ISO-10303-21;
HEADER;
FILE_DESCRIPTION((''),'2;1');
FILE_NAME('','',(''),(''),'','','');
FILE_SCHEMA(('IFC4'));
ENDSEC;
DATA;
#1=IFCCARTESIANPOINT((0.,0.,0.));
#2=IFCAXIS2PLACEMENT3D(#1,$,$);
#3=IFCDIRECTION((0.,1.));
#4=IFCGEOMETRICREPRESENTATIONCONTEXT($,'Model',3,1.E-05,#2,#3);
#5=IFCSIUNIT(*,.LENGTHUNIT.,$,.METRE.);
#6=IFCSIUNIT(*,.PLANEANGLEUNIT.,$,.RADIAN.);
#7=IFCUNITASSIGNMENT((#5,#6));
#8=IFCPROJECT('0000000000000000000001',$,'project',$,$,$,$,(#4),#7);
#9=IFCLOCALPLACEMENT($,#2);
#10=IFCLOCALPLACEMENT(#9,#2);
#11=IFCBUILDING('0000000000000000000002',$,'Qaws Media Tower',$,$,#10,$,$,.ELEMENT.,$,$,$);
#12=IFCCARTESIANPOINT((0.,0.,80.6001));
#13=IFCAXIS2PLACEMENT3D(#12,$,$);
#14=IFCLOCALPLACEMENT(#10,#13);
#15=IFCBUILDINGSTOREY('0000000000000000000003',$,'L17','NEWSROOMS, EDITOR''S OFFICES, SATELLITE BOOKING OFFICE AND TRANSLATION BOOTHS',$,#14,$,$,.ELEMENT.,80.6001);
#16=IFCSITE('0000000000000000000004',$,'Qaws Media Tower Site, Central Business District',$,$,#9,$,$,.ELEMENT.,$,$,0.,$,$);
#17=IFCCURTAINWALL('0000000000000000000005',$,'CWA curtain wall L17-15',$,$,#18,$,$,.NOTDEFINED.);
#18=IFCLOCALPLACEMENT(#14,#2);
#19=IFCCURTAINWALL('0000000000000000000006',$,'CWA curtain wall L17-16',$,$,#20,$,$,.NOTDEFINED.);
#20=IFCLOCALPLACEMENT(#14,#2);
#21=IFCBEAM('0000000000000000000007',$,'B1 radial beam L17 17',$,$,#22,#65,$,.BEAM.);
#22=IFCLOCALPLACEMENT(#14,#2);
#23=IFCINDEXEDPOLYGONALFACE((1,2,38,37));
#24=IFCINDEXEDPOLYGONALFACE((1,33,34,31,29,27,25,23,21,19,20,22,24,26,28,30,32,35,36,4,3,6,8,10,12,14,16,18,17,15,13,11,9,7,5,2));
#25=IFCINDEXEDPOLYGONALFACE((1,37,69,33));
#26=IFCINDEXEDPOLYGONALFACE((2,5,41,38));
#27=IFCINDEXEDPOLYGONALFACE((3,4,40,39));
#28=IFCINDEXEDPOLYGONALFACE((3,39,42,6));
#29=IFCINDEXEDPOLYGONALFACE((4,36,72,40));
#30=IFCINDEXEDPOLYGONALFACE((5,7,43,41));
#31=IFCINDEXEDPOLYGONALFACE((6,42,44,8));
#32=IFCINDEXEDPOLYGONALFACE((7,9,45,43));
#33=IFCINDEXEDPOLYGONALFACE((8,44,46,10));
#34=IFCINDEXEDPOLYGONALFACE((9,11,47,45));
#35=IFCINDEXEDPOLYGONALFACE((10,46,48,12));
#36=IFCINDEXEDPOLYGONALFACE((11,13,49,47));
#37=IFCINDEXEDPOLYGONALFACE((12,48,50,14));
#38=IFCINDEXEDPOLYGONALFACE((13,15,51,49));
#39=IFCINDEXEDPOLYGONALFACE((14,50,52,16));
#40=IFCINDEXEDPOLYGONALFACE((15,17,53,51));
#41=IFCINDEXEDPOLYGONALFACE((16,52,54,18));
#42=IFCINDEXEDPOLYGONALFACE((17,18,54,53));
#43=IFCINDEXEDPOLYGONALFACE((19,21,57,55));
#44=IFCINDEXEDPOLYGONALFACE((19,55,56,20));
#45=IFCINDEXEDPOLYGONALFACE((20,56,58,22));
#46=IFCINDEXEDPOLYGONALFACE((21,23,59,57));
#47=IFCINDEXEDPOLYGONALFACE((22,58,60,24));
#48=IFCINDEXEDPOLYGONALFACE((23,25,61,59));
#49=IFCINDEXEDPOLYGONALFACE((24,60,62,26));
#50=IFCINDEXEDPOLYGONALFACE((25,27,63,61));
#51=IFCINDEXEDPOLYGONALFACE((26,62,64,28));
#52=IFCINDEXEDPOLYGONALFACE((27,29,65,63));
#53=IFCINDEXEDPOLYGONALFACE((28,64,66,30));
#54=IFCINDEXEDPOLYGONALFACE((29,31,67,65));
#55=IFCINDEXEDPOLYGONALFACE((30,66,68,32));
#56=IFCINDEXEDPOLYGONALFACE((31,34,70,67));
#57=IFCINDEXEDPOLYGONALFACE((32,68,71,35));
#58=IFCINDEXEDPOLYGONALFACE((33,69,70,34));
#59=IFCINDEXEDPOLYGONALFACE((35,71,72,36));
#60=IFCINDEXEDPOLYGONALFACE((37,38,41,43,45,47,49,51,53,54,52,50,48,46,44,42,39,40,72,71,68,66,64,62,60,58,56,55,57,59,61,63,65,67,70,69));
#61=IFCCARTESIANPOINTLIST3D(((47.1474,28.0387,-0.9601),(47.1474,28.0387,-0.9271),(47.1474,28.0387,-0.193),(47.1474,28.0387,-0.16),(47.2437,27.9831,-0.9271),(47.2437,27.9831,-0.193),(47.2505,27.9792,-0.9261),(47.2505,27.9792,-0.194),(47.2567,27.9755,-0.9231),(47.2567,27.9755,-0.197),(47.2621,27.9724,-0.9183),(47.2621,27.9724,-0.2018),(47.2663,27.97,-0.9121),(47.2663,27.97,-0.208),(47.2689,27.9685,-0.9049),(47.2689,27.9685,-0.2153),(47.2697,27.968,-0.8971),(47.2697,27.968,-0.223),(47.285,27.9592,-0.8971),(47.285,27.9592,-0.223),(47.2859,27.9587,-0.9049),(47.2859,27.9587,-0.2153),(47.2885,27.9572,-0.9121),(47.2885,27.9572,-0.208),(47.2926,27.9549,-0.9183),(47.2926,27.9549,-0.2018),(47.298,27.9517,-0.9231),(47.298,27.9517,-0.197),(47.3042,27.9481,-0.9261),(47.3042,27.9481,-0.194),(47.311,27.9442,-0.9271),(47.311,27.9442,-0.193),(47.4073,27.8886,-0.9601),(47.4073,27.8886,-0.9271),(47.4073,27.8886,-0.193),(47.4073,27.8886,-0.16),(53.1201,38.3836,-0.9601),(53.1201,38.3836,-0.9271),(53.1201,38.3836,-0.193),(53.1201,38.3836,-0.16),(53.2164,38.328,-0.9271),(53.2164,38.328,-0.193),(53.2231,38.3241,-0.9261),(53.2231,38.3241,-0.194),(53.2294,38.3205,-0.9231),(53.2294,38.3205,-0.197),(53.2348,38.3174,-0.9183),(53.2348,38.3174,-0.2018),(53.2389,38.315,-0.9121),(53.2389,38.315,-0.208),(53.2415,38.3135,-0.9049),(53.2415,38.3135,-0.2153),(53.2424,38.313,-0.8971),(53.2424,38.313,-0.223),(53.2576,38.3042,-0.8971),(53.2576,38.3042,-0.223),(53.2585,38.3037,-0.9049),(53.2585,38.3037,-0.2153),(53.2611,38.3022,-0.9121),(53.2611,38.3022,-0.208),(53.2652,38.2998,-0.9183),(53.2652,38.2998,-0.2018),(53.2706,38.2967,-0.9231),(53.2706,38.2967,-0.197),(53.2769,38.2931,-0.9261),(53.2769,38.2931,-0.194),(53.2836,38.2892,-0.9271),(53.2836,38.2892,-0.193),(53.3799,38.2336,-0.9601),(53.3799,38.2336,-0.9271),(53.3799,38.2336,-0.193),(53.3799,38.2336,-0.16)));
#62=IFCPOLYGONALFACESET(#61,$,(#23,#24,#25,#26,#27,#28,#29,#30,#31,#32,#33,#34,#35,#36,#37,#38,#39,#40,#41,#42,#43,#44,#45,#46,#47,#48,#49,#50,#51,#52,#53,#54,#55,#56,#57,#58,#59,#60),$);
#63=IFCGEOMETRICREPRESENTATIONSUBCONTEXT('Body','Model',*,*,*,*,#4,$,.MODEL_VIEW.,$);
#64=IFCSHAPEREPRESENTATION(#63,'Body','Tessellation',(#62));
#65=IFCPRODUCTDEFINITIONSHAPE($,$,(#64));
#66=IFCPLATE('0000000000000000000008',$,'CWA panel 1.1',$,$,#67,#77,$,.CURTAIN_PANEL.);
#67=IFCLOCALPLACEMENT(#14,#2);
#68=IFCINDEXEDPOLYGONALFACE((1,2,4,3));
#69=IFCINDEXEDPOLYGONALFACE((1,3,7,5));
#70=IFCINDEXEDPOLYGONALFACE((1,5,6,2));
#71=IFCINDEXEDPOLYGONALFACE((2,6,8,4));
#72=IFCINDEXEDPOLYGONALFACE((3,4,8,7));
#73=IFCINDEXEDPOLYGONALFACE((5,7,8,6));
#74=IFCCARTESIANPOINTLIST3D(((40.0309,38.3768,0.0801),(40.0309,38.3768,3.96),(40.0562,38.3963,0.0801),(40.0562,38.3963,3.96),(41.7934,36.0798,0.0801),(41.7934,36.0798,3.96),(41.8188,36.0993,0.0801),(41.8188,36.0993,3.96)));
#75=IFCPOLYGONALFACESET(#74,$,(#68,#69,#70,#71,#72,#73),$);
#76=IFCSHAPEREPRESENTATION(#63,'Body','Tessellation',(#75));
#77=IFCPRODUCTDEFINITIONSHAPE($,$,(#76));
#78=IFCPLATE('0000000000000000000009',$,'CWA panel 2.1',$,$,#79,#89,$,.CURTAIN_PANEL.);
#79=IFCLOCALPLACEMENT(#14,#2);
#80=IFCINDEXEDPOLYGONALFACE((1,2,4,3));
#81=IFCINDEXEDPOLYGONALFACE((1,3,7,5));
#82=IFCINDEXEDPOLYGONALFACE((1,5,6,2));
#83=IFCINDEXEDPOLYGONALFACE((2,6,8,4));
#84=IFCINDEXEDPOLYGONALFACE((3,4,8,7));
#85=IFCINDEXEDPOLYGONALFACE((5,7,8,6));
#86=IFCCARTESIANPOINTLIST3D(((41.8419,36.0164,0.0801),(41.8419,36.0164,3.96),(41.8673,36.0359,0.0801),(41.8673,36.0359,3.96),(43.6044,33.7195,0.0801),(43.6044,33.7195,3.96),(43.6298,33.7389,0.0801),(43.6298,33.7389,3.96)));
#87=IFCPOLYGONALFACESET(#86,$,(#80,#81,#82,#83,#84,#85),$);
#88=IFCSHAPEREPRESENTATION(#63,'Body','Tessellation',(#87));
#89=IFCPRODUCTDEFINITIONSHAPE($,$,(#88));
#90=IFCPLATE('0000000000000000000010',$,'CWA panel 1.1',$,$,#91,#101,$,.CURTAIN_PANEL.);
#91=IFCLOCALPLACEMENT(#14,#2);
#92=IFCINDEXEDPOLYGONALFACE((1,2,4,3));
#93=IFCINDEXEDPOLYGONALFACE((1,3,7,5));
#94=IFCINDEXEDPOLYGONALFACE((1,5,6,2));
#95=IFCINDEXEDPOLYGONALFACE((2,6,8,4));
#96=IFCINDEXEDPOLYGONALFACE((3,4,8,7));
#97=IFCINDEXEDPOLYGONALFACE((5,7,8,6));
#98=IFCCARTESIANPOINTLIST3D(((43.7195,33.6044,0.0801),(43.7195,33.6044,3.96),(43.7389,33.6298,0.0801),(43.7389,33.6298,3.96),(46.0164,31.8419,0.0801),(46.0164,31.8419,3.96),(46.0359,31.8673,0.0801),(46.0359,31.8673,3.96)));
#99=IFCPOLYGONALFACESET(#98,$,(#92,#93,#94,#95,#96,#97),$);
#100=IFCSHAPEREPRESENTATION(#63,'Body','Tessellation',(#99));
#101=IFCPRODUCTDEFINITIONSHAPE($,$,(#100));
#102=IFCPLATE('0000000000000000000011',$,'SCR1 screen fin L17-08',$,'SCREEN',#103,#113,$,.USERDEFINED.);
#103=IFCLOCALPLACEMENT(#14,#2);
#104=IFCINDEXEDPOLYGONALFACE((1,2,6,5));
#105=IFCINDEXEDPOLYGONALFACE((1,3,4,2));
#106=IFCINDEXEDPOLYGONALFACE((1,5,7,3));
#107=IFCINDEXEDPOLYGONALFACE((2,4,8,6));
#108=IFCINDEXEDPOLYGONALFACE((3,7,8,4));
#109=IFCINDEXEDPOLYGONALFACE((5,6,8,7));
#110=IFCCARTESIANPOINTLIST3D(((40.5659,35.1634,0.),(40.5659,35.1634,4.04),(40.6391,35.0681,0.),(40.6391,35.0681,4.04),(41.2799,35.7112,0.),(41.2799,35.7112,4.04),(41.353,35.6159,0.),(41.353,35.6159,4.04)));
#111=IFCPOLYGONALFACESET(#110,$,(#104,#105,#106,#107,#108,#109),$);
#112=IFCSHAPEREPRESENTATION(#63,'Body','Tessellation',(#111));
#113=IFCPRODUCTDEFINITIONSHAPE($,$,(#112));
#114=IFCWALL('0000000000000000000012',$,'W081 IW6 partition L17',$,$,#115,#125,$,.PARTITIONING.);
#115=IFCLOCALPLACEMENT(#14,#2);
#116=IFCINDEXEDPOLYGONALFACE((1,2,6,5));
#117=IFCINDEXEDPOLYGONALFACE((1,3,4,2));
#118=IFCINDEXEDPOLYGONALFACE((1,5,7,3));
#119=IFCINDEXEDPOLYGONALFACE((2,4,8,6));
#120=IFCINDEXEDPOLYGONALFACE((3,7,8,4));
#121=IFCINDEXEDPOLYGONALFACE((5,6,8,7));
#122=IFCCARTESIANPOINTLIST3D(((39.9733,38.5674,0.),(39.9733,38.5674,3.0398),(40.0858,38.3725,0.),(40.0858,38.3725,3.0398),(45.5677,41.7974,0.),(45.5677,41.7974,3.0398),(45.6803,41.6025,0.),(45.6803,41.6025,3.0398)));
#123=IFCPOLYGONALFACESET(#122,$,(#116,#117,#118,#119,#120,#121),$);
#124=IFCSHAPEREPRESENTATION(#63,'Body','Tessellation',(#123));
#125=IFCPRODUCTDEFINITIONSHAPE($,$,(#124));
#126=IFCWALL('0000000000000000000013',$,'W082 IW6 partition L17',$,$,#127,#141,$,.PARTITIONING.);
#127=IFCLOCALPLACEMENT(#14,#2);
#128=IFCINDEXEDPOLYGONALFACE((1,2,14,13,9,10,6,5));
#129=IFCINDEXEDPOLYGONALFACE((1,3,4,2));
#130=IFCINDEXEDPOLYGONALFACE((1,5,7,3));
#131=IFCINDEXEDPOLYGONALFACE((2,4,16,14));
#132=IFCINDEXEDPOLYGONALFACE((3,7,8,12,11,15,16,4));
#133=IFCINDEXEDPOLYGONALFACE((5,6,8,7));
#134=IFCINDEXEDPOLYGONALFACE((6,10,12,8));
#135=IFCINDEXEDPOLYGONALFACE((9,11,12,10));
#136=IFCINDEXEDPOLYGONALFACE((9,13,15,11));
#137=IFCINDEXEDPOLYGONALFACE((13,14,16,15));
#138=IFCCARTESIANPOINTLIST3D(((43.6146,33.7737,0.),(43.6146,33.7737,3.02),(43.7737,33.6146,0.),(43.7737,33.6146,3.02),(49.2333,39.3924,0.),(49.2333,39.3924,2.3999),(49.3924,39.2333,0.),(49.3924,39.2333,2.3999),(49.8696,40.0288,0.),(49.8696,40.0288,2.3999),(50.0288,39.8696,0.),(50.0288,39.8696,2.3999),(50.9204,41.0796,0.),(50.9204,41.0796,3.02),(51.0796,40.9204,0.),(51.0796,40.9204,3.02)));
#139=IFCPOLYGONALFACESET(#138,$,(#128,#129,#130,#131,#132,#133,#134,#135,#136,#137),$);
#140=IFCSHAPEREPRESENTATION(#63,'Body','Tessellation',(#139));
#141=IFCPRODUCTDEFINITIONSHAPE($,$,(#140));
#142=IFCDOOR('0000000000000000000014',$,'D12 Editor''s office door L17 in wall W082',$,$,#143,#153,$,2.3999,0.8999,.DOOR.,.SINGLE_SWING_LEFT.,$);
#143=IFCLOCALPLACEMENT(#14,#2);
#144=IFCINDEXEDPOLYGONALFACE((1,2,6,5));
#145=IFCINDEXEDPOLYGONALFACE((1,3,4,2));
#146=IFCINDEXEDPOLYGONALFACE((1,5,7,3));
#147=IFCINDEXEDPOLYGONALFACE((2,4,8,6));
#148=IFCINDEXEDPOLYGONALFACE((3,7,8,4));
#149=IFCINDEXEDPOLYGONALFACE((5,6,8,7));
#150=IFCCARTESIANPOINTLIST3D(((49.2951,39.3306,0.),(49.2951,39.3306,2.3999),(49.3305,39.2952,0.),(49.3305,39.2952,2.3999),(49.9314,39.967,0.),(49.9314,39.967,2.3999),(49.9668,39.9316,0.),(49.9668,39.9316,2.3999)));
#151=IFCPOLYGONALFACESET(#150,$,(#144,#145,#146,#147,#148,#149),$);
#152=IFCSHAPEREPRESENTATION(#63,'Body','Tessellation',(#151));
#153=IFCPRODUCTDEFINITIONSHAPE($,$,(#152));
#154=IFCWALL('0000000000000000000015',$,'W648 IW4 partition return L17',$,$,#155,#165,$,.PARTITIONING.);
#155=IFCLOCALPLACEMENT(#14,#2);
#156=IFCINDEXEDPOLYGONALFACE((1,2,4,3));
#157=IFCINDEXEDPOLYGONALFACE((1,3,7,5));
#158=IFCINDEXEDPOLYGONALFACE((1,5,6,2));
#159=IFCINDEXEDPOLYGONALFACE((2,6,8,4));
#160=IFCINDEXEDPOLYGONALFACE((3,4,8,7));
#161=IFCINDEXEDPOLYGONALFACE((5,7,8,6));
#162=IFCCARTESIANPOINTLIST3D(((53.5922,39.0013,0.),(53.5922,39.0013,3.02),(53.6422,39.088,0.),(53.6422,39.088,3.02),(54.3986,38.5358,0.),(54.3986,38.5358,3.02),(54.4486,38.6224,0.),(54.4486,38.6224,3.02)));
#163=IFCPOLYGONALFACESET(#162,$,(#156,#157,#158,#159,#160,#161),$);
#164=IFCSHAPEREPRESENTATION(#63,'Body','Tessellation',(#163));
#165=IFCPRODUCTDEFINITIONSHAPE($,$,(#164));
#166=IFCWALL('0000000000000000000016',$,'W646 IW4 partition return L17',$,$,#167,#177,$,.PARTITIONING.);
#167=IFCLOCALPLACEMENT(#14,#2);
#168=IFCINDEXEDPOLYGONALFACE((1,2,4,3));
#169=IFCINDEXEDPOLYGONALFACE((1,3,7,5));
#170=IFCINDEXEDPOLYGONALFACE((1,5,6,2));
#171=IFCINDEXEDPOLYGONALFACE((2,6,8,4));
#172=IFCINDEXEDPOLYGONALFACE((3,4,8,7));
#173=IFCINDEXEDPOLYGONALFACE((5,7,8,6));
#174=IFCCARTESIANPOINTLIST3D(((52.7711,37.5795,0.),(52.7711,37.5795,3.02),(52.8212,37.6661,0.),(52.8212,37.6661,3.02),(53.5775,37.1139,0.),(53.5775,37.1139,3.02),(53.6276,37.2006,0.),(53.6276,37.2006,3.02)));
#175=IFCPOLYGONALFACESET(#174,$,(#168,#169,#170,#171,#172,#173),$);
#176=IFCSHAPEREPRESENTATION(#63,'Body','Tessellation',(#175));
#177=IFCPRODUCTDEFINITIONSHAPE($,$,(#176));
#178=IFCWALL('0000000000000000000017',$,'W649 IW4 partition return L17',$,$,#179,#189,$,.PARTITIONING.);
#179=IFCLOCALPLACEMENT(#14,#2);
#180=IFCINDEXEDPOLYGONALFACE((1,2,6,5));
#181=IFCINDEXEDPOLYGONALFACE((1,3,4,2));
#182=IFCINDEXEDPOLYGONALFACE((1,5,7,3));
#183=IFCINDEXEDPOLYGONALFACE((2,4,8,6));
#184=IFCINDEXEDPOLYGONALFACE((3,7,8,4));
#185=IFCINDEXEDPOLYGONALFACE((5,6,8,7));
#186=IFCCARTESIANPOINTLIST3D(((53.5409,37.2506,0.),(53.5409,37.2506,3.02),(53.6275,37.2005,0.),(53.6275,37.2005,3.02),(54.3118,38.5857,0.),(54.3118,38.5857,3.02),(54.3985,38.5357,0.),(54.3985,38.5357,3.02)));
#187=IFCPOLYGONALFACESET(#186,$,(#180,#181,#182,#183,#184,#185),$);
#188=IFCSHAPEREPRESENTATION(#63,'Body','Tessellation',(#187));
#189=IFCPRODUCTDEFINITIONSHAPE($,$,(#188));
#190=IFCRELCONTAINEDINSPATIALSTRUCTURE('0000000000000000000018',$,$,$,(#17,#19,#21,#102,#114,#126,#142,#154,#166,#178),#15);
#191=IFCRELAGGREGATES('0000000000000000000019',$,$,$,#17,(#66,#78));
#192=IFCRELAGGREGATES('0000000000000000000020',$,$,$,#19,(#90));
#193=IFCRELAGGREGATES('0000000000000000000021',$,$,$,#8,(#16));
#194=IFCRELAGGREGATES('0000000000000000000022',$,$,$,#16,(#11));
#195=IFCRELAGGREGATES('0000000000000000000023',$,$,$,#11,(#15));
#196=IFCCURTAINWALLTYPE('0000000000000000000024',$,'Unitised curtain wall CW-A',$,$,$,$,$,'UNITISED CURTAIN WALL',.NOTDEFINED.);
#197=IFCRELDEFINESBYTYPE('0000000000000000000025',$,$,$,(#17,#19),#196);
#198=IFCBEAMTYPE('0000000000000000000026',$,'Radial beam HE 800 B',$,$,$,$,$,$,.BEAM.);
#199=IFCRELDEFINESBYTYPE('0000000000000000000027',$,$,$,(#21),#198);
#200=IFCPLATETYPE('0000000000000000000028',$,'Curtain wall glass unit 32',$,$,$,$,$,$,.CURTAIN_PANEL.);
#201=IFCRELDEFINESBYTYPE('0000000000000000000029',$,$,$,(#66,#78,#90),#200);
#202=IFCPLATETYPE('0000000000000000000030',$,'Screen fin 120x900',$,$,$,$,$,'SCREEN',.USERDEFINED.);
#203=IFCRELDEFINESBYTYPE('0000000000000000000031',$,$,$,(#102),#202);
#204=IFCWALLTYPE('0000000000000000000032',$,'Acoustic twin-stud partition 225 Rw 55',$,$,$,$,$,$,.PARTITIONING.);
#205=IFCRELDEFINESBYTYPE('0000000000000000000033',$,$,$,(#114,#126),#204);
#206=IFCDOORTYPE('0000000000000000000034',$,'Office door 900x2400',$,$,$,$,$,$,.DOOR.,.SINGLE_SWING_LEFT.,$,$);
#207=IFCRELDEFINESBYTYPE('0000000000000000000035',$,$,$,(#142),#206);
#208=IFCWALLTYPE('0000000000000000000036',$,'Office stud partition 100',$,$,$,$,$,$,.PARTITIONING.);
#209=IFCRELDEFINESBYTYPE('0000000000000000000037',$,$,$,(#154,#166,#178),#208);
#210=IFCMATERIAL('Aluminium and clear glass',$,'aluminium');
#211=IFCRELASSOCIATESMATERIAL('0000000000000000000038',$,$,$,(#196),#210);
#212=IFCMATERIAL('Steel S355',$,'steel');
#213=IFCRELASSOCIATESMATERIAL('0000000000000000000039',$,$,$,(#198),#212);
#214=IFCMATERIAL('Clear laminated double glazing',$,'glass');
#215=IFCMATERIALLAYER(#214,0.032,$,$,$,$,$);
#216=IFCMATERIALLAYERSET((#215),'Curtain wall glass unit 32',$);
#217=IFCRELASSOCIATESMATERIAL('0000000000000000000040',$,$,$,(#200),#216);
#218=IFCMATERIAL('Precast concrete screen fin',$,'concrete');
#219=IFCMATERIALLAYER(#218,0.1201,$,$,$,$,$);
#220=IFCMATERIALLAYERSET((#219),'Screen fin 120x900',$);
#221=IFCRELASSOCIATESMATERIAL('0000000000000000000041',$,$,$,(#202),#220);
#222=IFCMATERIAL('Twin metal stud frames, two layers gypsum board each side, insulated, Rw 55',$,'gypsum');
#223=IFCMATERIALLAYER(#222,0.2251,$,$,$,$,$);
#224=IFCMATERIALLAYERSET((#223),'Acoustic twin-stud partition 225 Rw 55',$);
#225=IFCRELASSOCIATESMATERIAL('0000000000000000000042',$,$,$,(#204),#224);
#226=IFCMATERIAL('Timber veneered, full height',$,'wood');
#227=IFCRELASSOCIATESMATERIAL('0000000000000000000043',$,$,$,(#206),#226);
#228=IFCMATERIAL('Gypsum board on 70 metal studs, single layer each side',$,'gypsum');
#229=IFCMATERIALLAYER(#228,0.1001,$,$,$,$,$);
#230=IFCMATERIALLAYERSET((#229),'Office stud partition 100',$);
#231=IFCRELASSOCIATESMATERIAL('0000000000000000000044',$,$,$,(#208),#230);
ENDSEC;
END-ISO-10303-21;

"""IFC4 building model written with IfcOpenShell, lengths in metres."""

from ifc_helpers import new_model, si_unit, direction, frame, frame_2d, origin, origin_2d, place, context, subcontext, project, spatial, rectangle, i_section, extrude, material, layer, layer_set, material_profile, profile_set, type_object, element, fill, aggregate, save


model = new_model("IFC4")

# Units and contexts
model_context = context("Model", 3, precision=1e-05, world=origin(), true_north=direction((0.0, 1.0)))
body_context = subcontext(model_context, "Body", "Model", "MODEL_VIEW")
ifc_project = project(units=[si_unit("LENGTHUNIT", "METRE"), si_unit("PLANEANGLEUNIT", "RADIAN")], contexts=[model_context])

# Site, building, storey
site_placement = place(None, origin())
site = spatial("IfcSite", under=ifc_project, at=site_placement, Name="Qaws Media Tower Site, Central Business District", CompositionType="ELEMENT", RefElevation=0.0)
building_placement = place(site_placement, origin())
building = spatial("IfcBuilding", under=site, at=building_placement, Name="Qaws Media Tower", CompositionType="ELEMENT")
storey_placement = place(building_placement, frame((0.0, 0.0, 80.6001)))
storey = spatial("IfcBuildingStorey", under=building, at=storey_placement, Name="L17", Description="NEWSROOMS, EDITOR'S OFFICES, SATELLITE BOOKING OFFICE AND TRANSLATION BOOTHS", CompositionType="ELEMENT", Elevation=80.6001)

# Shared definitions
ifc_material_1 = material(Name="Aluminium and clear glass", Category="aluminium")
curtain_wall_type = type_object("IfcCurtainWallType", Name="Unitised curtain wall CW-A", ElementType="UNITISED CURTAIN WALL", PredefinedType="NOTDEFINED", material=ifc_material_1)

# Curtain wall
curtain_wall_1_placement = place(storey_placement, origin())
curtain_wall_1 = element("IfcCurtainWall", 1, at=curtain_wall_1_placement, inside=storey, type_object=curtain_wall_type, Name="CWA curtain wall L17-15", PredefinedType="NOTDEFINED")

# Curtain wall
curtain_wall_2_placement = place(storey_placement, origin())
curtain_wall_2 = element("IfcCurtainWall", 2, at=curtain_wall_2_placement, inside=storey, type_object=curtain_wall_type, Name="CWA curtain wall L17-16", PredefinedType="NOTDEFINED")

# Beam
ifc_material_2 = material(Name="Steel S355", Category="steel")
ifc_material_profile_1 = material_profile(ifc_material_2, i_section(OverallWidth=0.3, OverallDepth=0.8, WebThickness=0.0176, FlangeThickness=0.033, FilletRadius=0.03, at=origin_2d()), Name="HE 800 B")
ifc_profile_set_1 = profile_set([ifc_material_profile_1], Name="Steel S355")
beam_type_1 = type_object("IfcBeamType", Name="Radial beam HE 800 B", PredefinedType="BEAM", material=ifc_profile_set_1)
beam_1_placement = place(storey_placement, frame((53.25, 38.3086, -0.5601), z_axis=(-0.499999, -0.866026, 0.0), x_axis=(0.866026, -0.499999, 0.0)))
element("IfcBeam", 3, at=beam_1_placement, inside=storey, type_object=beam_type_1, Name="B1 radial beam L17 17", PredefinedType="BEAM", context=body_context, shape_type="SweptSolid", body=[
    extrude(i_section(OverallWidth=0.3, OverallDepth=0.8, WebThickness=0.0176, FlangeThickness=0.033, FilletRadius=0.03, at=origin_2d()), origin(), (0.0, 0.0, 1.0), 11.9453),
])

# Plates
ifc_material_3 = material(Name="Clear laminated double glazing", Category="glass")
ifc_layer_1 = layer(ifc_material_3, 0.032)
ifc_layer_set_1 = layer_set([ifc_layer_1], Name="Curtain wall glass unit 32")
plate_type_1 = type_object("IfcPlateType", Name="Curtain wall glass unit 32", PredefinedType="CURTAIN_PANEL", material=ifc_layer_set_1)
plate_1_placement = place(storey_placement, frame((40.9248, 37.238, 0.0801), z_axis=(0.0, 0.0, 1.0), x_axis=(0.608761, -0.793353, 0.0)))
plate_1 = element("IfcPlate", 4, at=plate_1_placement, type_object=plate_type_1, Name="CWA panel 1.1", PredefinedType="CURTAIN_PANEL", context=body_context, shape_type="SweptSolid", body=[
    extrude(rectangle(XDim=2.8953, YDim=0.032, at=origin_2d()), origin(), (0.0, 0.0, 1.0), 3.8799),
])
plate_2_placement = place(storey_placement, frame((42.7358, 34.8777, 0.0801), z_axis=(0.0, 0.0, 1.0), x_axis=(0.608761, -0.793353, 0.0)))
plate_2 = element("IfcPlate", 5, at=plate_2_placement, type_object=plate_type_1, Name="CWA panel 2.1", PredefinedType="CURTAIN_PANEL", context=body_context, shape_type="SweptSolid", body=[
    extrude(rectangle(XDim=2.8953, YDim=0.032, at=origin_2d()), origin(), (0.0, 0.0, 1.0), 3.8799),
])
aggregate(curtain_wall_1, [plate_1, plate_2])
plate_3_placement = place(storey_placement, frame((44.8777, 32.7358, 0.0801), z_axis=(0.0, 0.0, 1.0), x_axis=(0.793353, -0.608761, 0.0)))
plate_3 = element("IfcPlate", 6, at=plate_3_placement, type_object=plate_type_1, Name="CWA panel 1.1", PredefinedType="CURTAIN_PANEL", context=body_context, shape_type="SweptSolid", body=[
    extrude(rectangle(XDim=2.8953, YDim=0.032, at=origin_2d()), origin(), (0.0, 0.0, 1.0), 3.8799),
])
aggregate(curtain_wall_2, [plate_3])
ifc_material_4 = material(Name="Precast concrete screen fin", Category="concrete")
ifc_layer_2 = layer(ifc_material_4, 0.1201)
ifc_layer_set_2 = layer_set([ifc_layer_2], Name="Screen fin 120x900")
plate_type_2 = type_object("IfcPlateType", Name="Screen fin 120x900", ElementType="SCREEN", PredefinedType="USERDEFINED", material=ifc_layer_set_2)
plate_4_placement = place(storey_placement, frame((40.9595, 35.3896, 0.0), z_axis=(0.0, 0.0, 1.0), x_axis=(-0.793353, -0.608761, 0.0)))
element("IfcPlate", 7, at=plate_4_placement, inside=storey, type_object=plate_type_2, Name="SCR1 screen fin L17-08", ObjectType="SCREEN", PredefinedType="USERDEFINED", context=body_context, shape_type="SweptSolid", body=[
    extrude(rectangle(XDim=0.8999, YDim=0.1201, at=origin_2d()), origin(), (0.0, 0.0, 1.0), 4.04),
])

# Wall
ifc_material_5 = material(Name="Twin metal stud frames, two layers gypsum board each side, insulated, Rw 55", Category="gypsum")
ifc_layer_3 = layer(ifc_material_5, 0.2251)
ifc_layer_set_3 = layer_set([ifc_layer_3], Name="Acoustic twin-stud partition 225 Rw 55")
wall_type_1 = type_object("IfcWallType", Name="Acoustic twin-stud partition 225 Rw 55", PredefinedType="PARTITIONING", material=ifc_layer_set_3)
wall_1_placement = place(storey_placement, frame((45.624, 41.7, 0.0), z_axis=(0.0, 0.0, 1.0), x_axis=(-0.866025, -0.500001, 0.0)))
element("IfcWall", 8, at=wall_1_placement, inside=storey, type_object=wall_type_1, Name="W081 IW6 partition L17", PredefinedType="PARTITIONING", context=body_context, shape_type="SweptSolid", body=[
    extrude(rectangle(XDim=6.46, YDim=0.2251, at=frame_2d((3.23, 0.0))), origin(), (0.0, 0.0, 1.0), 3.0398),
])

# Wall, opening, door
wall_2_placement = place(storey_placement, frame((51.0, 41.0, 0.0), z_axis=(0.0, 0.0, 1.0), x_axis=(-0.707107, -0.707107, 0.0)))
wall_2 = element("IfcWall", 9, at=wall_2_placement, inside=storey, type_object=wall_type_1, Name="W082 IW6 partition L17", PredefinedType="PARTITIONING", context=body_context, shape_type="SweptSolid", body=[
    extrude(rectangle(XDim=10.332, YDim=0.2251, at=frame_2d((5.166, 0.0))), origin(), (0.0, 0.0, 1.0), 3.02),
])
opening_1_placement = place(wall_2_placement, frame((1.4861, 0.0, 0.0)))
opening_1 = element("IfcOpeningElement", 10, at=opening_1_placement, cuts=wall_2, PredefinedType="OPENING", context=body_context, shape_type="SweptSolid", body=[
    extrude(rectangle(XDim=0.8999, YDim=2.3999, at=frame_2d((0.45, 1.2))), frame((0.0, 0.1226, 0.0), z_axis=(0.0, -1.0, 0.0), x_axis=(1.0, 0.0, 0.0)), (0.0, 0.0, 1.0), 0.2451),
])
ifc_material_6 = material(Name="Timber veneered, full height", Category="wood")
door_type_1 = type_object("IfcDoorType", Name="Office door 900x2400", OperationType="SINGLE_SWING_LEFT", PredefinedType="DOOR", material=ifc_material_6)
door_1_placement = place(opening_1_placement, origin())
door_1 = element("IfcDoor", 11, at=door_1_placement, inside=storey, type_object=door_type_1, Name="D12 Editor's office door L17 in wall W082", OperationType="SINGLE_SWING_LEFT", OverallHeight=2.3999, OverallWidth=0.8999, PredefinedType="DOOR", context=body_context, shape_type="SweptSolid", body=[
    extrude(rectangle(XDim=0.8999, YDim=2.3999, at=frame_2d((0.45, 1.2))), frame((0.0, 0.0249, 0.0), z_axis=(0.0, -1.0, 0.0), x_axis=(1.0, 0.0, 0.0)), (0.0, 0.0, 1.0), 0.05),
])
fill(opening_1, door_1)

# Walls
ifc_material_7 = material(Name="Gypsum board on 70 metal studs, single layer each side", Category="gypsum")
ifc_layer_4 = layer(ifc_material_7, 0.1001)
ifc_layer_set_4 = layer_set([ifc_layer_4], Name="Office stud partition 100")
wall_type_2 = type_object("IfcWallType", Name="Office stud partition 100", PredefinedType="PARTITIONING", material=ifc_layer_set_4)
for number, where, z_axis, x_axis, name in (
    (12, (53.6172, 39.0447, 0.0), (0.0, 0.0, 1.0), (0.866024, -0.500002, 0.0), "W648 IW4 partition return L17"),
    (13, (52.7961, 37.6228, 0.0), (0.0, 0.0, 1.0), (0.866024, -0.500002, 0.0), "W646 IW4 partition return L17"),
):
    element("IfcWall", number, at=place(storey_placement, frame(where, z_axis=z_axis, x_axis=x_axis)), inside=storey, type_object=wall_type_2, Name=name, PredefinedType="PARTITIONING", context=body_context, shape_type="SweptSolid", body=[
        extrude(rectangle(XDim=0.9312, YDim=0.1001, at=frame_2d((0.4656, 0.0))), origin(), (0.0, 0.0, 1.0), 3.02),
    ])
wall_3_placement = place(storey_placement, frame((54.3552, 38.5608, 0.0), z_axis=(0.0, 0.0, 1.0), x_axis=(-0.500056, -0.865993, 0.0)))
element("IfcWall", 14, at=wall_3_placement, inside=storey, type_object=wall_type_2, Name="W649 IW4 partition return L17", PredefinedType="PARTITIONING", context=body_context, shape_type="SweptSolid", body=[
    extrude(rectangle(XDim=1.5417, YDim=0.1001, at=frame_2d((0.771, 0.0))), origin(), (0.0, 0.0, 1.0), 3.02),
])

save(model, "model.ifc")
